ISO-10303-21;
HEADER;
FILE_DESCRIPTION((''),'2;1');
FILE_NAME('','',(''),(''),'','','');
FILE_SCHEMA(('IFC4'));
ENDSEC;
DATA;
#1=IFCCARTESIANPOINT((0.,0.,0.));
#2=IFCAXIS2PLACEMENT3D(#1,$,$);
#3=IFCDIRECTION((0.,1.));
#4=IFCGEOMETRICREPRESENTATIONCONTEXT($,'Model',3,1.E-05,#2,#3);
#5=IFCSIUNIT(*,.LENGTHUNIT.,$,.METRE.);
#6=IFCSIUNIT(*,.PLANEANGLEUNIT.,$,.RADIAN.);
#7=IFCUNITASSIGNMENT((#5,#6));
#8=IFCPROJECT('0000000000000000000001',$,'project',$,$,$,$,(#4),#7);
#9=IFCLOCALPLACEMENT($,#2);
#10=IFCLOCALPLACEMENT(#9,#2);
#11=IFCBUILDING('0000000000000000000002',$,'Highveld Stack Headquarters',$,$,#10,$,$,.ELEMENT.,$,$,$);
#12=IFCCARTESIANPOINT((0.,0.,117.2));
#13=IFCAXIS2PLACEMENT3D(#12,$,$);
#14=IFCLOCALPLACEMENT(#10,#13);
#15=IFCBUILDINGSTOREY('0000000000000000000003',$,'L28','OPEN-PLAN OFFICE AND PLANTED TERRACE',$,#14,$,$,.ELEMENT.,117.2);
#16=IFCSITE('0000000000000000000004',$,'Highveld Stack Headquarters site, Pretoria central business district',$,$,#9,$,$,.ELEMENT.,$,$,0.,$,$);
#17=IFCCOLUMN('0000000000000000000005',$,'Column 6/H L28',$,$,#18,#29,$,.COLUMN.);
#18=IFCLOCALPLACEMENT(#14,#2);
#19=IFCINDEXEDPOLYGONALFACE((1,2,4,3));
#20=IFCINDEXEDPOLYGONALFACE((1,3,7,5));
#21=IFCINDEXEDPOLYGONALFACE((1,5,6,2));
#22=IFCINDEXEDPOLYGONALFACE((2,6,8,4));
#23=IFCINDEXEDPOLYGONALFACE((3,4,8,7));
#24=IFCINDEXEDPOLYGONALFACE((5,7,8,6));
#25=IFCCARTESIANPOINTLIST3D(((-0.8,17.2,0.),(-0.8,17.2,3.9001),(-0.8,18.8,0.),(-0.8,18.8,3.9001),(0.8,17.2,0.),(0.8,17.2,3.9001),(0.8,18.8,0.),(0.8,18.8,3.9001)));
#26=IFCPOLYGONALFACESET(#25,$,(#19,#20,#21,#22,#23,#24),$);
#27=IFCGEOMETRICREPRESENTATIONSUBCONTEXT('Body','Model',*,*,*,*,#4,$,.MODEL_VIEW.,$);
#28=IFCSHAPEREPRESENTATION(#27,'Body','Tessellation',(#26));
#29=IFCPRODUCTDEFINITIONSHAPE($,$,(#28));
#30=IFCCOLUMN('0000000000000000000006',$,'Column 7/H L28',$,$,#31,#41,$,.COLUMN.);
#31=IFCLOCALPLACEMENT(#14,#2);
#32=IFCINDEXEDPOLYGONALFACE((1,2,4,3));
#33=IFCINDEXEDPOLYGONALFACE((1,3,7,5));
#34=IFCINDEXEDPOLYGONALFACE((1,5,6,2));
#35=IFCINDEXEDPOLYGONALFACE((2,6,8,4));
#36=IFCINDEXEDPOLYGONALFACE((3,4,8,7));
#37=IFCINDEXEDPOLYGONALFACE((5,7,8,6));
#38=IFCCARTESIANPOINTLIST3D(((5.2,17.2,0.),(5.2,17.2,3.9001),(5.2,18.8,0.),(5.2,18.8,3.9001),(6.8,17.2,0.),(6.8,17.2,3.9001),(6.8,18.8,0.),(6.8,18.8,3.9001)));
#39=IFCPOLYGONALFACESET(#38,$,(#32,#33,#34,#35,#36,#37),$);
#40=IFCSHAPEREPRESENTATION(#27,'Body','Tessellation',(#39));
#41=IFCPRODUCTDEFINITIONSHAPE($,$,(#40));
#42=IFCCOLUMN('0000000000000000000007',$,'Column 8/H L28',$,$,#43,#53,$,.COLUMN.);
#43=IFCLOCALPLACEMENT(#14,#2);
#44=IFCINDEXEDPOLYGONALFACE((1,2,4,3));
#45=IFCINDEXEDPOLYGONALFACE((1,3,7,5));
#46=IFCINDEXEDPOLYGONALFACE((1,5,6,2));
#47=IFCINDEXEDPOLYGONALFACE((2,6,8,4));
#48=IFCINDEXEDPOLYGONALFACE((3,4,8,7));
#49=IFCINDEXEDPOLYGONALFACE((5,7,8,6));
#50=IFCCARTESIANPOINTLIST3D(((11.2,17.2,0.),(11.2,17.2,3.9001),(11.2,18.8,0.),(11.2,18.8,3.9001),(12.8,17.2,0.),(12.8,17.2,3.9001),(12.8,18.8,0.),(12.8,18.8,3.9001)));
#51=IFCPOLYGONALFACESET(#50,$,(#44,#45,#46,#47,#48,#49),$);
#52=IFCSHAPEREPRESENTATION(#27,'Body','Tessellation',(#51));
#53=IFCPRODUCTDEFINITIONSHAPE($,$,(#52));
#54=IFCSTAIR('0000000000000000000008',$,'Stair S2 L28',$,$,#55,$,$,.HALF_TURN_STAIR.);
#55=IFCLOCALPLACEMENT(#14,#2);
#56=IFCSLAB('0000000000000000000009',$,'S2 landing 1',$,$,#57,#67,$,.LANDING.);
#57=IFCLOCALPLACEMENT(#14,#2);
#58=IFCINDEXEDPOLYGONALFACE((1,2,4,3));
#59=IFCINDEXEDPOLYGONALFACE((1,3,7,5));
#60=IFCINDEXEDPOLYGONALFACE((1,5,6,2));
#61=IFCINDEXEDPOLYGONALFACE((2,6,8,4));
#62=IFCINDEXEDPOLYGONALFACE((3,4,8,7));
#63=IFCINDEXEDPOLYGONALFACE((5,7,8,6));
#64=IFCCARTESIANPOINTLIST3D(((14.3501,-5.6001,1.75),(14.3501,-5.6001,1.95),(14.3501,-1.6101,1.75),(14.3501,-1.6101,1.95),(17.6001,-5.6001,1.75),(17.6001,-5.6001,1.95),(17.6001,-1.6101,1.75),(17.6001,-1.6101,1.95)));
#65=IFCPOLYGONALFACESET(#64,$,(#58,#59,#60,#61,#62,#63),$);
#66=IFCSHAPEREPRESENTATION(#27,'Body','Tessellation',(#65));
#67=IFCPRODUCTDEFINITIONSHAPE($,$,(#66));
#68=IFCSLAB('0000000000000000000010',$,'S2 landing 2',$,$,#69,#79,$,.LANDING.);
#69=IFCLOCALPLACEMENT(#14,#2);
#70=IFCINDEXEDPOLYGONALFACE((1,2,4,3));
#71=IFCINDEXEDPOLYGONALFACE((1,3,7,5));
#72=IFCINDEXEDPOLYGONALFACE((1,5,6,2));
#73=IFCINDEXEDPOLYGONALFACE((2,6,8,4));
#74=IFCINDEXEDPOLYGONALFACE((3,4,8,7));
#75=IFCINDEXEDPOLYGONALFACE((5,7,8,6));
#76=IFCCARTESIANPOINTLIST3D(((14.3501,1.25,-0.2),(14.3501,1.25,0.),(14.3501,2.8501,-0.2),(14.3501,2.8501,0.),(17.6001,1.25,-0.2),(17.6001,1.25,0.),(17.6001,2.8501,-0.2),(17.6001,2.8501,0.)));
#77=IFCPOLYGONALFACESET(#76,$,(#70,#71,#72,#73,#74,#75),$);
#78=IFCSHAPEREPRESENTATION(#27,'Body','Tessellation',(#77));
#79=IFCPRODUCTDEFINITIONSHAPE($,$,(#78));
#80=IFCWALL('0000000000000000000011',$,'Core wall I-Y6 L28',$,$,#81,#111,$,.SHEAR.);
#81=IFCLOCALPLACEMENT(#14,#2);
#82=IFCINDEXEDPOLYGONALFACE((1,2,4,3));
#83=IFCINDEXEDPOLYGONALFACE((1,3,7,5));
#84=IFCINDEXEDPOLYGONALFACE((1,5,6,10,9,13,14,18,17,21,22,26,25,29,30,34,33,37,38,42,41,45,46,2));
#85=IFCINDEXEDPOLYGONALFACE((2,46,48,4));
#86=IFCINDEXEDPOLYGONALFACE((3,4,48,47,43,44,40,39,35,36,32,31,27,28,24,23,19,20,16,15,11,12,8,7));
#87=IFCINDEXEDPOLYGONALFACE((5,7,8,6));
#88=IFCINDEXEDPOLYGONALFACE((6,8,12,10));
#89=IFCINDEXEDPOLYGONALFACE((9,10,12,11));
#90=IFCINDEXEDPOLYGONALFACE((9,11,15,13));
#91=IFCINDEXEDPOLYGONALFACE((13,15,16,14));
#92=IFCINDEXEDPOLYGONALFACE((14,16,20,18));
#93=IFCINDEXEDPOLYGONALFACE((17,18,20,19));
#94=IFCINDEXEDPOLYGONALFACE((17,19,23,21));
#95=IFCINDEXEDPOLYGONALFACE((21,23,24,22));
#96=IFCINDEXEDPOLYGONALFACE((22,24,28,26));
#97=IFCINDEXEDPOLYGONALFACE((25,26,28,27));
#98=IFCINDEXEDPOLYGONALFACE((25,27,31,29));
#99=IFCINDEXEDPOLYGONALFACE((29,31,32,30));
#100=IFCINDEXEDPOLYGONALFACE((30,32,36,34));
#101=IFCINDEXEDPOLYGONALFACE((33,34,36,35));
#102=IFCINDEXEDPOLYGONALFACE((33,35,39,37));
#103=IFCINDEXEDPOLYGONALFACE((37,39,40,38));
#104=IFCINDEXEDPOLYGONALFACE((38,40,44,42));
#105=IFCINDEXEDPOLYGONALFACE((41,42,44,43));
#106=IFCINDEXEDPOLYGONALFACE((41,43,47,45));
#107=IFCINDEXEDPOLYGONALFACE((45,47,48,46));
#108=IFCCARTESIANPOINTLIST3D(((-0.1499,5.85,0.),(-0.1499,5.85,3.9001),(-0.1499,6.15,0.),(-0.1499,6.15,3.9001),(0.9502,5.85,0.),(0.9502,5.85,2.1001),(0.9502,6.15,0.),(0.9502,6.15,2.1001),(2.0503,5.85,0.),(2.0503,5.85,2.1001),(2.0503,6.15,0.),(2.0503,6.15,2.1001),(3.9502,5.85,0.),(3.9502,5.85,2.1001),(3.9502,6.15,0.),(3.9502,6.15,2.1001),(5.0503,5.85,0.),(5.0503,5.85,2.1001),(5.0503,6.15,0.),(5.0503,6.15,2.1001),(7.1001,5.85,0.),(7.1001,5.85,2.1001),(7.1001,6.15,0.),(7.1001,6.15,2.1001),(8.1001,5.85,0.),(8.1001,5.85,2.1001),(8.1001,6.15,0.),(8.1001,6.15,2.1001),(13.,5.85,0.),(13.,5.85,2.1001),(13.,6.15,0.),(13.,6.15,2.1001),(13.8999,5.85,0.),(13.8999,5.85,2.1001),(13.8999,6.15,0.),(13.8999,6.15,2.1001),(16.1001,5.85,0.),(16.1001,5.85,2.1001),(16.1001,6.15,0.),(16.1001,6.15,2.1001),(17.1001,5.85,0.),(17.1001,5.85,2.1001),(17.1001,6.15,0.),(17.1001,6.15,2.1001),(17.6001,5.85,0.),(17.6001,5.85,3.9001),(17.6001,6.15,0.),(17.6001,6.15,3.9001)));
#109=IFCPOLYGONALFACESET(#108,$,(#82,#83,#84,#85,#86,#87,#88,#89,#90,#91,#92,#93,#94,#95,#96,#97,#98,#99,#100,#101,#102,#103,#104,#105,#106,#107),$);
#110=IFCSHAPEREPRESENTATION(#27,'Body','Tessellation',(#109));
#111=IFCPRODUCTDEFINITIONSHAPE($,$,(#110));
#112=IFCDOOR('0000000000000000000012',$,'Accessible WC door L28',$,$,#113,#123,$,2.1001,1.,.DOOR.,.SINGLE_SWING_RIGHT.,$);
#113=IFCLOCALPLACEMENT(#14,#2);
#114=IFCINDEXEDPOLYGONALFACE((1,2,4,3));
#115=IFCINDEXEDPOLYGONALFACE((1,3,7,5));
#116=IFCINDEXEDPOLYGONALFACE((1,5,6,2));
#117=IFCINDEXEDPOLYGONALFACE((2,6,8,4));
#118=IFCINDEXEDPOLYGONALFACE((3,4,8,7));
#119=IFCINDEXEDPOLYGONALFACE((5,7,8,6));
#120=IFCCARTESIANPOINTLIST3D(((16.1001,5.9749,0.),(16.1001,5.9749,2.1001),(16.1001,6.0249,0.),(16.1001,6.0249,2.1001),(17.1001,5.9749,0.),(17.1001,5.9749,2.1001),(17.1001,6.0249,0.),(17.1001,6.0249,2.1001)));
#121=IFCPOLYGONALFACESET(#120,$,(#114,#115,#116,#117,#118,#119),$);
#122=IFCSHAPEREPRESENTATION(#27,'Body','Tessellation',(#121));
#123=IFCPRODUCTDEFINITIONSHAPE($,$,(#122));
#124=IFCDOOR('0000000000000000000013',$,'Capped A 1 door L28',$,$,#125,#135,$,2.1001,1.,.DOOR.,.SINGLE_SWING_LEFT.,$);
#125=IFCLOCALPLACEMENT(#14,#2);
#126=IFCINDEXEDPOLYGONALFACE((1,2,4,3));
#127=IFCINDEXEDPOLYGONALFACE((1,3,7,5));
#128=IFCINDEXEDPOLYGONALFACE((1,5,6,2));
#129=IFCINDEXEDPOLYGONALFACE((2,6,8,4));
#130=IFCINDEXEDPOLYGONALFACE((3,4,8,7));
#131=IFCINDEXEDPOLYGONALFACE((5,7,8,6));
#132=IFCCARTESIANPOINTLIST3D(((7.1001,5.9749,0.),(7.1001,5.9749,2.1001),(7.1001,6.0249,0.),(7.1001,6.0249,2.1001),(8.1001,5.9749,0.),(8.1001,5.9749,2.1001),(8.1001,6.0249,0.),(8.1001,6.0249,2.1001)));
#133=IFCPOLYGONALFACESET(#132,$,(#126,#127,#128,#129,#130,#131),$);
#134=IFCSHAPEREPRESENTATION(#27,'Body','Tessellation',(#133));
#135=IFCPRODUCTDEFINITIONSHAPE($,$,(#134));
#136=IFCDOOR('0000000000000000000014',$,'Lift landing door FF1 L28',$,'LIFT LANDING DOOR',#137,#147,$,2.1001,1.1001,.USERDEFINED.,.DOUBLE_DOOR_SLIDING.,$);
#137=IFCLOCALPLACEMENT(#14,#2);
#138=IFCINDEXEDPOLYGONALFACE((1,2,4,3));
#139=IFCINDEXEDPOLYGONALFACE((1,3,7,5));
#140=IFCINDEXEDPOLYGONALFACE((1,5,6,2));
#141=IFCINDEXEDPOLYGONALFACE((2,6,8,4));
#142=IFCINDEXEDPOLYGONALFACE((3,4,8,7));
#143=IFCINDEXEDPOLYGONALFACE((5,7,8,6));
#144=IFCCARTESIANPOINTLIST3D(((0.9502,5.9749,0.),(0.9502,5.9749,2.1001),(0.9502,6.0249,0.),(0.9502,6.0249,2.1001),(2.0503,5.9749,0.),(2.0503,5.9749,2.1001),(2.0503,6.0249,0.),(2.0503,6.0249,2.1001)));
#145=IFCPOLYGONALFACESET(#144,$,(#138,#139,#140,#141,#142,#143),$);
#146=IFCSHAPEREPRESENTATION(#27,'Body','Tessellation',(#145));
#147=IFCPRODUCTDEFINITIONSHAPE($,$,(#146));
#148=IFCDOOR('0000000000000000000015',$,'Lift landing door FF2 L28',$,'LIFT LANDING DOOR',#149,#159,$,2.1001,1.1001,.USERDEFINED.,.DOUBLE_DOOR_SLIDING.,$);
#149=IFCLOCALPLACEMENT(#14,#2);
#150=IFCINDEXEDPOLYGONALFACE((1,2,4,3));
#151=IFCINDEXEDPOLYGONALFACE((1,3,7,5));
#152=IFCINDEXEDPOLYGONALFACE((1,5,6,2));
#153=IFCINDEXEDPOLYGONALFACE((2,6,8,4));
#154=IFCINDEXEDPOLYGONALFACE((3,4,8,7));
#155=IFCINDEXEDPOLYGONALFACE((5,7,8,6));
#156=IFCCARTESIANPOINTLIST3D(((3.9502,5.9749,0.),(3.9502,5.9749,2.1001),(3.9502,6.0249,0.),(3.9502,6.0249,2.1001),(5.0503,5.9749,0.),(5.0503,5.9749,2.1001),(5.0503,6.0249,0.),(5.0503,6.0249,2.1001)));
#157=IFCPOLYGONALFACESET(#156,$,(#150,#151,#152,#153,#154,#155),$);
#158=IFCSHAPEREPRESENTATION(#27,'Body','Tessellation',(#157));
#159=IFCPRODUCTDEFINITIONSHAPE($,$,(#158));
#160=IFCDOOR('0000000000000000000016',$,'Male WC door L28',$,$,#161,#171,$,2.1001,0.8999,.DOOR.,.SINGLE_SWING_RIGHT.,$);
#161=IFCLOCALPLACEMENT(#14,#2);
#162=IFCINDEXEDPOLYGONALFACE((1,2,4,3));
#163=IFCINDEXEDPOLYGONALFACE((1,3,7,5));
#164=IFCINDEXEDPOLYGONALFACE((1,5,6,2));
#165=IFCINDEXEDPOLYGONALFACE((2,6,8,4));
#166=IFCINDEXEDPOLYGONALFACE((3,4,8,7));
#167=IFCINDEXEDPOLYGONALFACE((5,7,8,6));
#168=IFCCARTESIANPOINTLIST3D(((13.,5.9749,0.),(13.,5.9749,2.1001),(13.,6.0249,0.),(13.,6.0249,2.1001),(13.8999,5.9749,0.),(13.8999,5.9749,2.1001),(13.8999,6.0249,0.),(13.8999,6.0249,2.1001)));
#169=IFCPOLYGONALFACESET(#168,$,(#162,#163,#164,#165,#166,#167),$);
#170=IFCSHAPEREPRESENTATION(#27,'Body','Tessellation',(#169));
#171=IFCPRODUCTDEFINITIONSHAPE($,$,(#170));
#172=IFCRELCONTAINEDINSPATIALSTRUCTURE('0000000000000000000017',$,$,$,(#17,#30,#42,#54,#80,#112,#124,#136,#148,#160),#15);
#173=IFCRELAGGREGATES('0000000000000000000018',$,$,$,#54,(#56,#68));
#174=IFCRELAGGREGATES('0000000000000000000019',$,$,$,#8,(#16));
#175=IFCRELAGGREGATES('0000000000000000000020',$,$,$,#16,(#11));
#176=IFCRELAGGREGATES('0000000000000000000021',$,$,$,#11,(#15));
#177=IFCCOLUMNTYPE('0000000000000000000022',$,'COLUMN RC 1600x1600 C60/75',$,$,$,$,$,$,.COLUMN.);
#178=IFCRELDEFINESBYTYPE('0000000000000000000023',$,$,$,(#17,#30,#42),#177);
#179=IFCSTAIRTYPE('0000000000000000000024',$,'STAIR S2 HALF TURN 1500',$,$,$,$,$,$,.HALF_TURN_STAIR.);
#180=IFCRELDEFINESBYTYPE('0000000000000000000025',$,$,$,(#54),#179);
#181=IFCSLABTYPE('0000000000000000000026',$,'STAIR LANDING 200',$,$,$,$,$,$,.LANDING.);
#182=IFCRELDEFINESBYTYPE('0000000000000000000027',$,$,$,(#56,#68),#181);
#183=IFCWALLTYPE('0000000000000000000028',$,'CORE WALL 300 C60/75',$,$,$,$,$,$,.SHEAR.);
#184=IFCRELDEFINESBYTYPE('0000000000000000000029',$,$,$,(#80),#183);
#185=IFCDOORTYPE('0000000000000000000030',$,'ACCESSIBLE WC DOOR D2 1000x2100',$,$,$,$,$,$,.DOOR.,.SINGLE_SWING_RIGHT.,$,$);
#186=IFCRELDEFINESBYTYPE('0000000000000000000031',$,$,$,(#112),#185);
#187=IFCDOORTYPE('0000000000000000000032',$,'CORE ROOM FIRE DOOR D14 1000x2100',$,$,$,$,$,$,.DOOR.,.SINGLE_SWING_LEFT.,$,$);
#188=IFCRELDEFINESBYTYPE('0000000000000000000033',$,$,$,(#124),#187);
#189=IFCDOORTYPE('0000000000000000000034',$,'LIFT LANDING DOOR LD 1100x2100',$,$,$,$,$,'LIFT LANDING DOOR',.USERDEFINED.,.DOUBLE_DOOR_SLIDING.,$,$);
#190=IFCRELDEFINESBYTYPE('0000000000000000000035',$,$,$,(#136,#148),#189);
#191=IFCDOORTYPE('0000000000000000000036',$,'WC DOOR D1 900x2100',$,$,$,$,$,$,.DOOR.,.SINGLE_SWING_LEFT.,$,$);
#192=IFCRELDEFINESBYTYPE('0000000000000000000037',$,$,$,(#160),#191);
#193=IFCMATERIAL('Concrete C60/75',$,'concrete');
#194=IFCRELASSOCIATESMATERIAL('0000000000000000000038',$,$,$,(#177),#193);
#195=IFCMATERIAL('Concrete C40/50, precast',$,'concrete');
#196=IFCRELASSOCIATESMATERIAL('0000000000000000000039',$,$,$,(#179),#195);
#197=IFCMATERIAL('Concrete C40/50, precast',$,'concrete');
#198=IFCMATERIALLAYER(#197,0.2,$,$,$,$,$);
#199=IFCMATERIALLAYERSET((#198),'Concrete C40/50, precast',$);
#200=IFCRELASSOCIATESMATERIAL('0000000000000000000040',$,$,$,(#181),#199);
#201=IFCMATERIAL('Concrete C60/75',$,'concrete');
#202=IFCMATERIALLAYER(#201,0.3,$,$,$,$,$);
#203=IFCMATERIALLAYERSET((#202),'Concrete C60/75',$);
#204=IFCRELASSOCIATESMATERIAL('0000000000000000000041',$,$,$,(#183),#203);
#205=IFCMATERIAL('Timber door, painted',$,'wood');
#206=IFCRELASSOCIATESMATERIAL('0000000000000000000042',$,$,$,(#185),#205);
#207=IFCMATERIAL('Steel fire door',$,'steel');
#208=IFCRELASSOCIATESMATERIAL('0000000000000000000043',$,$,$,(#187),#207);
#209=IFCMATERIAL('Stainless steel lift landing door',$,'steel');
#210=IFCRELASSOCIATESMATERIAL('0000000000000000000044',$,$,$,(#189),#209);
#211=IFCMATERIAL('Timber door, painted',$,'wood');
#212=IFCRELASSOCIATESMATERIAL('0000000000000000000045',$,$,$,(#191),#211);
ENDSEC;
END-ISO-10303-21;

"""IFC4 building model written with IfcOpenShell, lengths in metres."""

from ifc_helpers import new_model, si_unit, direction, frame, frame_2d, origin, origin_2d, place, context, subcontext, project, spatial, polyline, rectangle, outline, extrude, material, layer, layer_set, material_profile, profile_set, type_object, element, fill, aggregate, save


model = new_model("IFC4")

# Units and contexts
model_context = context("Model", 3, precision=1e-05, world=origin(), true_north=direction((0.0, 1.0)))
body_context = subcontext(model_context, "Body", "Model", "MODEL_VIEW")
ifc_project = project(units=[si_unit("LENGTHUNIT", "METRE"), si_unit("PLANEANGLEUNIT", "RADIAN")], contexts=[model_context])

# Site, building, storey
site_placement = place(None, origin())
site = spatial("IfcSite", under=ifc_project, at=site_placement, Name="Highveld Stack Headquarters site, Pretoria central business district", CompositionType="ELEMENT", RefElevation=0.0)
building_placement = place(site_placement, origin())
building = spatial("IfcBuilding", under=site, at=building_placement, Name="Highveld Stack Headquarters", CompositionType="ELEMENT")
storey_placement = place(building_placement, frame((0.0, 0.0, 117.2)))
storey = spatial("IfcBuildingStorey", under=building, at=storey_placement, Name="L28", Description="OPEN-PLAN OFFICE AND PLANTED TERRACE", CompositionType="ELEMENT", Elevation=117.2)

# Columns
ifc_material_1 = material(Name="Concrete C60/75", Category="concrete")
ifc_material_profile = material_profile(ifc_material_1, rectangle(XDim=1.6001, YDim=1.6001, at=origin_2d()), Name="RC 1600x1600")
ifc_profile_set = profile_set([ifc_material_profile], Name="Concrete C60/75")
column_type = type_object("IfcColumnType", Name="COLUMN RC 1600x1600 C60/75", PredefinedType="COLUMN", material=ifc_profile_set)
for number, where, z_axis, x_axis, name in (
    (1, (0.0, 18.0, 0.0), (0.0, 0.0, 1.0), (1.0, 0.0, 0.0), "Column 6/H L28"),
    (2, (6.0, 18.0, 0.0), (0.0, 0.0, 1.0), (1.0, 0.0, 0.0), "Column 7/H L28"),
    (3, (12.0, 18.0, 0.0), (0.0, 0.0, 1.0), (1.0, 0.0, 0.0), "Column 8/H L28"),
):
    element("IfcColumn", number, at=place(storey_placement, frame(where, z_axis=z_axis, x_axis=x_axis)), inside=storey, type_object=column_type, Name=name, PredefinedType="COLUMN", context=body_context, shape_type="SweptSolid", body=[
        extrude(rectangle(XDim=1.6001, YDim=1.6001, at=origin_2d()), origin(), (0.0, 0.0, 1.0), 3.9001),
    ])

# Stair, slabs
ifc_material_2 = material(Name="Concrete C40/50, precast", Category="concrete")
stair_type = type_object("IfcStairType", Name="STAIR S2 HALF TURN 1500", PredefinedType="HALF_TURN_STAIR", material=ifc_material_2)
stair_placement = place(storey_placement, origin())
stair = element("IfcStair", 4, at=stair_placement, inside=storey, type_object=stair_type, Name="Stair S2 L28", PredefinedType="HALF_TURN_STAIR")
ifc_material_3 = material(Name="Concrete C40/50, precast", Category="concrete")
ifc_layer_1 = layer(ifc_material_3, 0.2)
ifc_layer_set_1 = layer_set([ifc_layer_1], Name="Concrete C40/50, precast")
slab_type = type_object("IfcSlabType", Name="STAIR LANDING 200", PredefinedType="LANDING", material=ifc_layer_set_1)
slab_1_placement = place(storey_placement, frame((0.0, 0.0, 1.75)))
slab_1 = element("IfcSlab", 5, at=slab_1_placement, type_object=slab_type, Name="S2 landing 1", PredefinedType="LANDING", context=body_context, shape_type="SweptSolid", body=[
    extrude(outline(polyline([(14.3501, -5.6001), (17.6001, -5.6001), (17.6001, -1.6101), (14.3501, -1.6101), (14.3501, -5.6001)])), origin(), (0.0, 0.0, 1.0), 0.2),
])
slab_2_placement = place(storey_placement, frame((0.0, 0.0, -0.2)))
slab_2 = element("IfcSlab", 6, at=slab_2_placement, type_object=slab_type, Name="S2 landing 2", PredefinedType="LANDING", context=body_context, shape_type="SweptSolid", body=[
    extrude(outline(polyline([(14.3501, 1.25), (17.6001, 1.25), (17.6001, 2.8501), (14.3501, 2.8501), (14.3501, 1.25)])), origin(), (0.0, 0.0, 1.0), 0.2),
])
aggregate(stair, [slab_1, slab_2])

# Wall, openings, doors
ifc_material_4 = material(Name="Concrete C60/75", Category="concrete")
ifc_layer_2 = layer(ifc_material_4, 0.3)
ifc_layer_set_2 = layer_set([ifc_layer_2], Name="Concrete C60/75")
wall_type_1 = type_object("IfcWallType", Name="CORE WALL 300 C60/75", PredefinedType="SHEAR", material=ifc_layer_set_2)
wall_1_placement = place(storey_placement, frame((-0.1499, 6.0, 0.0), z_axis=(0.0, 0.0, 1.0), x_axis=(1.0, 0.0, 0.0)))
wall_1 = element("IfcWall", 7, at=wall_1_placement, inside=storey, type_object=wall_type_1, Name="Core wall I-Y6 L28", PredefinedType="SHEAR", context=body_context, shape_type="SweptSolid", body=[
    extrude(rectangle(XDim=17.75, YDim=0.3, at=frame_2d((8.875, 0.0))), origin(), (0.0, 0.0, 1.0), 3.9001),
])
opening_1_placement = place(wall_1_placement, frame((13.1499, 0.0, 0.0)))
opening_1 = element("IfcOpeningElement", 8, at=opening_1_placement, cuts=wall_1, PredefinedType="OPENING", context=body_context, shape_type="SweptSolid", body=[
    extrude(rectangle(XDim=0.8999, YDim=2.1001, at=frame_2d((0.45, 1.05))), frame((0.0, 0.1599, 0.0), z_axis=(0.0, -1.0, 0.0), x_axis=(1.0, 0.0, 0.0)), (0.0, 0.0, 1.0), 0.3201),
])
opening_2_placement = place(wall_1_placement, frame((16.25, 0.0, 0.0)))
opening_2 = element("IfcOpeningElement", 9, at=opening_2_placement, cuts=wall_1, PredefinedType="OPENING", context=body_context, shape_type="SweptSolid", body=[
    extrude(rectangle(XDim=1.0, YDim=2.1001, at=frame_2d((0.5, 1.05))), frame((0.0, 0.1599, 0.0), z_axis=(0.0, -1.0, 0.0), x_axis=(1.0, 0.0, 0.0)), (0.0, 0.0, 1.0), 0.3201),
])
opening_3_placement = place(wall_1_placement, frame((7.25, 0.0, 0.0)))
opening_3 = element("IfcOpeningElement", 10, at=opening_3_placement, cuts=wall_1, PredefinedType="OPENING", context=body_context, shape_type="SweptSolid", body=[
    extrude(rectangle(XDim=1.0, YDim=2.1001, at=frame_2d((0.5, 1.05))), frame((0.0, 0.1599, 0.0), z_axis=(0.0, -1.0, 0.0), x_axis=(1.0, 0.0, 0.0)), (0.0, 0.0, 1.0), 0.3201),
])
opening_4_placement = place(wall_1_placement, frame((1.1001, 0.0, 0.0)))
opening_4 = element("IfcOpeningElement", 11, at=opening_4_placement, cuts=wall_1, PredefinedType="OPENING", context=body_context, shape_type="SweptSolid", body=[
    extrude(rectangle(XDim=1.1001, YDim=2.1001, at=frame_2d((0.55, 1.05))), frame((0.0, 0.1599, 0.0), z_axis=(0.0, -1.0, 0.0), x_axis=(1.0, 0.0, 0.0)), (0.0, 0.0, 1.0), 0.3201),
])
opening_5_placement = place(wall_1_placement, frame((4.1001, 0.0, 0.0)))
opening_5 = element("IfcOpeningElement", 12, at=opening_5_placement, cuts=wall_1, PredefinedType="OPENING", context=body_context, shape_type="SweptSolid", body=[
    extrude(rectangle(XDim=1.1001, YDim=2.1001, at=frame_2d((0.55, 1.05))), frame((0.0, 0.1599, 0.0), z_axis=(0.0, -1.0, 0.0), x_axis=(1.0, 0.0, 0.0)), (0.0, 0.0, 1.0), 0.3201),
])
ifc_material_5 = material(Name="Timber door, painted", Category="wood")
door_type_1 = type_object("IfcDoorType", Name="ACCESSIBLE WC DOOR D2 1000x2100", OperationType="SINGLE_SWING_RIGHT", PredefinedType="DOOR", material=ifc_material_5)
door_1_placement = place(opening_2_placement, origin())
door_1 = element("IfcDoor", 13, at=door_1_placement, inside=storey, type_object=door_type_1, Name="Accessible WC door L28", OperationType="SINGLE_SWING_RIGHT", OverallHeight=2.1001, OverallWidth=1.0, PredefinedType="DOOR", context=body_context, shape_type="SweptSolid", body=[
    extrude(rectangle(XDim=1.0, YDim=2.1001, at=frame_2d((0.5, 1.05))), frame((0.0, 0.0249, 0.0), z_axis=(0.0, -1.0, 0.0), x_axis=(1.0, 0.0, 0.0)), (0.0, 0.0, 1.0), 0.05),
])
fill(opening_2, door_1)
ifc_material_6 = material(Name="Steel fire door", Category="steel")
door_type_2 = type_object("IfcDoorType", Name="CORE ROOM FIRE DOOR D14 1000x2100", OperationType="SINGLE_SWING_LEFT", PredefinedType="DOOR", material=ifc_material_6)
door_2_placement = place(opening_3_placement, origin())
door_2 = element("IfcDoor", 14, at=door_2_placement, inside=storey, type_object=door_type_2, Name="Capped A 1 door L28", OperationType="SINGLE_SWING_LEFT", OverallHeight=2.1001, OverallWidth=1.0, PredefinedType="DOOR", context=body_context, shape_type="SweptSolid", body=[
    extrude(rectangle(XDim=1.0, YDim=2.1001, at=frame_2d((0.5, 1.05))), frame((0.0, 0.0249, 0.0), z_axis=(0.0, -1.0, 0.0), x_axis=(1.0, 0.0, 0.0)), (0.0, 0.0, 1.0), 0.05),
])
fill(opening_3, door_2)
ifc_material_7 = material(Name="Stainless steel lift landing door", Category="steel")
door_type_3 = type_object("IfcDoorType", Name="LIFT LANDING DOOR LD 1100x2100", ElementType="LIFT LANDING DOOR", OperationType="DOUBLE_DOOR_SLIDING", PredefinedType="USERDEFINED", material=ifc_material_7)
door_3_placement = place(opening_4_placement, origin())
door_3 = element("IfcDoor", 15, at=door_3_placement, inside=storey, type_object=door_type_3, Name="Lift landing door FF1 L28", ObjectType="LIFT LANDING DOOR", OperationType="DOUBLE_DOOR_SLIDING", OverallHeight=2.1001, OverallWidth=1.1001, PredefinedType="USERDEFINED", context=body_context, shape_type="SweptSolid", body=[
    extrude(rectangle(XDim=1.1001, YDim=2.1001, at=frame_2d((0.55, 1.05))), frame((0.0, 0.0249, 0.0), z_axis=(0.0, -1.0, 0.0), x_axis=(1.0, 0.0, 0.0)), (0.0, 0.0, 1.0), 0.05),
])
fill(opening_4, door_3)
door_4_placement = place(opening_5_placement, origin())
door_4 = element("IfcDoor", 16, at=door_4_placement, inside=storey, type_object=door_type_3, Name="Lift landing door FF2 L28", ObjectType="LIFT LANDING DOOR", OperationType="DOUBLE_DOOR_SLIDING", OverallHeight=2.1001, OverallWidth=1.1001, PredefinedType="USERDEFINED", context=body_context, shape_type="SweptSolid", body=[
    extrude(rectangle(XDim=1.1001, YDim=2.1001, at=frame_2d((0.55, 1.05))), frame((0.0, 0.0249, 0.0), z_axis=(0.0, -1.0, 0.0), x_axis=(1.0, 0.0, 0.0)), (0.0, 0.0, 1.0), 0.05),
])
fill(opening_5, door_4)
ifc_material_8 = material(Name="Timber door, painted", Category="wood")
door_type_4 = type_object("IfcDoorType", Name="WC DOOR D1 900x2100", OperationType="SINGLE_SWING_LEFT", PredefinedType="DOOR", material=ifc_material_8)
door_5_placement = place(opening_1_placement, origin())
door_5 = element("IfcDoor", 17, at=door_5_placement, inside=storey, type_object=door_type_4, Name="Male WC door L28", OperationType="SINGLE_SWING_RIGHT", OverallHeight=2.1001, OverallWidth=0.8999, PredefinedType="DOOR", context=body_context, shape_type="SweptSolid", body=[
    extrude(rectangle(XDim=0.8999, YDim=2.1001, at=frame_2d((0.45, 1.05))), frame((0.0, 0.0249, 0.0), z_axis=(0.0, -1.0, 0.0), x_axis=(1.0, 0.0, 0.0)), (0.0, 0.0, 1.0), 0.05),
])
fill(opening_1, door_5)

save(model, "model.ifc")
